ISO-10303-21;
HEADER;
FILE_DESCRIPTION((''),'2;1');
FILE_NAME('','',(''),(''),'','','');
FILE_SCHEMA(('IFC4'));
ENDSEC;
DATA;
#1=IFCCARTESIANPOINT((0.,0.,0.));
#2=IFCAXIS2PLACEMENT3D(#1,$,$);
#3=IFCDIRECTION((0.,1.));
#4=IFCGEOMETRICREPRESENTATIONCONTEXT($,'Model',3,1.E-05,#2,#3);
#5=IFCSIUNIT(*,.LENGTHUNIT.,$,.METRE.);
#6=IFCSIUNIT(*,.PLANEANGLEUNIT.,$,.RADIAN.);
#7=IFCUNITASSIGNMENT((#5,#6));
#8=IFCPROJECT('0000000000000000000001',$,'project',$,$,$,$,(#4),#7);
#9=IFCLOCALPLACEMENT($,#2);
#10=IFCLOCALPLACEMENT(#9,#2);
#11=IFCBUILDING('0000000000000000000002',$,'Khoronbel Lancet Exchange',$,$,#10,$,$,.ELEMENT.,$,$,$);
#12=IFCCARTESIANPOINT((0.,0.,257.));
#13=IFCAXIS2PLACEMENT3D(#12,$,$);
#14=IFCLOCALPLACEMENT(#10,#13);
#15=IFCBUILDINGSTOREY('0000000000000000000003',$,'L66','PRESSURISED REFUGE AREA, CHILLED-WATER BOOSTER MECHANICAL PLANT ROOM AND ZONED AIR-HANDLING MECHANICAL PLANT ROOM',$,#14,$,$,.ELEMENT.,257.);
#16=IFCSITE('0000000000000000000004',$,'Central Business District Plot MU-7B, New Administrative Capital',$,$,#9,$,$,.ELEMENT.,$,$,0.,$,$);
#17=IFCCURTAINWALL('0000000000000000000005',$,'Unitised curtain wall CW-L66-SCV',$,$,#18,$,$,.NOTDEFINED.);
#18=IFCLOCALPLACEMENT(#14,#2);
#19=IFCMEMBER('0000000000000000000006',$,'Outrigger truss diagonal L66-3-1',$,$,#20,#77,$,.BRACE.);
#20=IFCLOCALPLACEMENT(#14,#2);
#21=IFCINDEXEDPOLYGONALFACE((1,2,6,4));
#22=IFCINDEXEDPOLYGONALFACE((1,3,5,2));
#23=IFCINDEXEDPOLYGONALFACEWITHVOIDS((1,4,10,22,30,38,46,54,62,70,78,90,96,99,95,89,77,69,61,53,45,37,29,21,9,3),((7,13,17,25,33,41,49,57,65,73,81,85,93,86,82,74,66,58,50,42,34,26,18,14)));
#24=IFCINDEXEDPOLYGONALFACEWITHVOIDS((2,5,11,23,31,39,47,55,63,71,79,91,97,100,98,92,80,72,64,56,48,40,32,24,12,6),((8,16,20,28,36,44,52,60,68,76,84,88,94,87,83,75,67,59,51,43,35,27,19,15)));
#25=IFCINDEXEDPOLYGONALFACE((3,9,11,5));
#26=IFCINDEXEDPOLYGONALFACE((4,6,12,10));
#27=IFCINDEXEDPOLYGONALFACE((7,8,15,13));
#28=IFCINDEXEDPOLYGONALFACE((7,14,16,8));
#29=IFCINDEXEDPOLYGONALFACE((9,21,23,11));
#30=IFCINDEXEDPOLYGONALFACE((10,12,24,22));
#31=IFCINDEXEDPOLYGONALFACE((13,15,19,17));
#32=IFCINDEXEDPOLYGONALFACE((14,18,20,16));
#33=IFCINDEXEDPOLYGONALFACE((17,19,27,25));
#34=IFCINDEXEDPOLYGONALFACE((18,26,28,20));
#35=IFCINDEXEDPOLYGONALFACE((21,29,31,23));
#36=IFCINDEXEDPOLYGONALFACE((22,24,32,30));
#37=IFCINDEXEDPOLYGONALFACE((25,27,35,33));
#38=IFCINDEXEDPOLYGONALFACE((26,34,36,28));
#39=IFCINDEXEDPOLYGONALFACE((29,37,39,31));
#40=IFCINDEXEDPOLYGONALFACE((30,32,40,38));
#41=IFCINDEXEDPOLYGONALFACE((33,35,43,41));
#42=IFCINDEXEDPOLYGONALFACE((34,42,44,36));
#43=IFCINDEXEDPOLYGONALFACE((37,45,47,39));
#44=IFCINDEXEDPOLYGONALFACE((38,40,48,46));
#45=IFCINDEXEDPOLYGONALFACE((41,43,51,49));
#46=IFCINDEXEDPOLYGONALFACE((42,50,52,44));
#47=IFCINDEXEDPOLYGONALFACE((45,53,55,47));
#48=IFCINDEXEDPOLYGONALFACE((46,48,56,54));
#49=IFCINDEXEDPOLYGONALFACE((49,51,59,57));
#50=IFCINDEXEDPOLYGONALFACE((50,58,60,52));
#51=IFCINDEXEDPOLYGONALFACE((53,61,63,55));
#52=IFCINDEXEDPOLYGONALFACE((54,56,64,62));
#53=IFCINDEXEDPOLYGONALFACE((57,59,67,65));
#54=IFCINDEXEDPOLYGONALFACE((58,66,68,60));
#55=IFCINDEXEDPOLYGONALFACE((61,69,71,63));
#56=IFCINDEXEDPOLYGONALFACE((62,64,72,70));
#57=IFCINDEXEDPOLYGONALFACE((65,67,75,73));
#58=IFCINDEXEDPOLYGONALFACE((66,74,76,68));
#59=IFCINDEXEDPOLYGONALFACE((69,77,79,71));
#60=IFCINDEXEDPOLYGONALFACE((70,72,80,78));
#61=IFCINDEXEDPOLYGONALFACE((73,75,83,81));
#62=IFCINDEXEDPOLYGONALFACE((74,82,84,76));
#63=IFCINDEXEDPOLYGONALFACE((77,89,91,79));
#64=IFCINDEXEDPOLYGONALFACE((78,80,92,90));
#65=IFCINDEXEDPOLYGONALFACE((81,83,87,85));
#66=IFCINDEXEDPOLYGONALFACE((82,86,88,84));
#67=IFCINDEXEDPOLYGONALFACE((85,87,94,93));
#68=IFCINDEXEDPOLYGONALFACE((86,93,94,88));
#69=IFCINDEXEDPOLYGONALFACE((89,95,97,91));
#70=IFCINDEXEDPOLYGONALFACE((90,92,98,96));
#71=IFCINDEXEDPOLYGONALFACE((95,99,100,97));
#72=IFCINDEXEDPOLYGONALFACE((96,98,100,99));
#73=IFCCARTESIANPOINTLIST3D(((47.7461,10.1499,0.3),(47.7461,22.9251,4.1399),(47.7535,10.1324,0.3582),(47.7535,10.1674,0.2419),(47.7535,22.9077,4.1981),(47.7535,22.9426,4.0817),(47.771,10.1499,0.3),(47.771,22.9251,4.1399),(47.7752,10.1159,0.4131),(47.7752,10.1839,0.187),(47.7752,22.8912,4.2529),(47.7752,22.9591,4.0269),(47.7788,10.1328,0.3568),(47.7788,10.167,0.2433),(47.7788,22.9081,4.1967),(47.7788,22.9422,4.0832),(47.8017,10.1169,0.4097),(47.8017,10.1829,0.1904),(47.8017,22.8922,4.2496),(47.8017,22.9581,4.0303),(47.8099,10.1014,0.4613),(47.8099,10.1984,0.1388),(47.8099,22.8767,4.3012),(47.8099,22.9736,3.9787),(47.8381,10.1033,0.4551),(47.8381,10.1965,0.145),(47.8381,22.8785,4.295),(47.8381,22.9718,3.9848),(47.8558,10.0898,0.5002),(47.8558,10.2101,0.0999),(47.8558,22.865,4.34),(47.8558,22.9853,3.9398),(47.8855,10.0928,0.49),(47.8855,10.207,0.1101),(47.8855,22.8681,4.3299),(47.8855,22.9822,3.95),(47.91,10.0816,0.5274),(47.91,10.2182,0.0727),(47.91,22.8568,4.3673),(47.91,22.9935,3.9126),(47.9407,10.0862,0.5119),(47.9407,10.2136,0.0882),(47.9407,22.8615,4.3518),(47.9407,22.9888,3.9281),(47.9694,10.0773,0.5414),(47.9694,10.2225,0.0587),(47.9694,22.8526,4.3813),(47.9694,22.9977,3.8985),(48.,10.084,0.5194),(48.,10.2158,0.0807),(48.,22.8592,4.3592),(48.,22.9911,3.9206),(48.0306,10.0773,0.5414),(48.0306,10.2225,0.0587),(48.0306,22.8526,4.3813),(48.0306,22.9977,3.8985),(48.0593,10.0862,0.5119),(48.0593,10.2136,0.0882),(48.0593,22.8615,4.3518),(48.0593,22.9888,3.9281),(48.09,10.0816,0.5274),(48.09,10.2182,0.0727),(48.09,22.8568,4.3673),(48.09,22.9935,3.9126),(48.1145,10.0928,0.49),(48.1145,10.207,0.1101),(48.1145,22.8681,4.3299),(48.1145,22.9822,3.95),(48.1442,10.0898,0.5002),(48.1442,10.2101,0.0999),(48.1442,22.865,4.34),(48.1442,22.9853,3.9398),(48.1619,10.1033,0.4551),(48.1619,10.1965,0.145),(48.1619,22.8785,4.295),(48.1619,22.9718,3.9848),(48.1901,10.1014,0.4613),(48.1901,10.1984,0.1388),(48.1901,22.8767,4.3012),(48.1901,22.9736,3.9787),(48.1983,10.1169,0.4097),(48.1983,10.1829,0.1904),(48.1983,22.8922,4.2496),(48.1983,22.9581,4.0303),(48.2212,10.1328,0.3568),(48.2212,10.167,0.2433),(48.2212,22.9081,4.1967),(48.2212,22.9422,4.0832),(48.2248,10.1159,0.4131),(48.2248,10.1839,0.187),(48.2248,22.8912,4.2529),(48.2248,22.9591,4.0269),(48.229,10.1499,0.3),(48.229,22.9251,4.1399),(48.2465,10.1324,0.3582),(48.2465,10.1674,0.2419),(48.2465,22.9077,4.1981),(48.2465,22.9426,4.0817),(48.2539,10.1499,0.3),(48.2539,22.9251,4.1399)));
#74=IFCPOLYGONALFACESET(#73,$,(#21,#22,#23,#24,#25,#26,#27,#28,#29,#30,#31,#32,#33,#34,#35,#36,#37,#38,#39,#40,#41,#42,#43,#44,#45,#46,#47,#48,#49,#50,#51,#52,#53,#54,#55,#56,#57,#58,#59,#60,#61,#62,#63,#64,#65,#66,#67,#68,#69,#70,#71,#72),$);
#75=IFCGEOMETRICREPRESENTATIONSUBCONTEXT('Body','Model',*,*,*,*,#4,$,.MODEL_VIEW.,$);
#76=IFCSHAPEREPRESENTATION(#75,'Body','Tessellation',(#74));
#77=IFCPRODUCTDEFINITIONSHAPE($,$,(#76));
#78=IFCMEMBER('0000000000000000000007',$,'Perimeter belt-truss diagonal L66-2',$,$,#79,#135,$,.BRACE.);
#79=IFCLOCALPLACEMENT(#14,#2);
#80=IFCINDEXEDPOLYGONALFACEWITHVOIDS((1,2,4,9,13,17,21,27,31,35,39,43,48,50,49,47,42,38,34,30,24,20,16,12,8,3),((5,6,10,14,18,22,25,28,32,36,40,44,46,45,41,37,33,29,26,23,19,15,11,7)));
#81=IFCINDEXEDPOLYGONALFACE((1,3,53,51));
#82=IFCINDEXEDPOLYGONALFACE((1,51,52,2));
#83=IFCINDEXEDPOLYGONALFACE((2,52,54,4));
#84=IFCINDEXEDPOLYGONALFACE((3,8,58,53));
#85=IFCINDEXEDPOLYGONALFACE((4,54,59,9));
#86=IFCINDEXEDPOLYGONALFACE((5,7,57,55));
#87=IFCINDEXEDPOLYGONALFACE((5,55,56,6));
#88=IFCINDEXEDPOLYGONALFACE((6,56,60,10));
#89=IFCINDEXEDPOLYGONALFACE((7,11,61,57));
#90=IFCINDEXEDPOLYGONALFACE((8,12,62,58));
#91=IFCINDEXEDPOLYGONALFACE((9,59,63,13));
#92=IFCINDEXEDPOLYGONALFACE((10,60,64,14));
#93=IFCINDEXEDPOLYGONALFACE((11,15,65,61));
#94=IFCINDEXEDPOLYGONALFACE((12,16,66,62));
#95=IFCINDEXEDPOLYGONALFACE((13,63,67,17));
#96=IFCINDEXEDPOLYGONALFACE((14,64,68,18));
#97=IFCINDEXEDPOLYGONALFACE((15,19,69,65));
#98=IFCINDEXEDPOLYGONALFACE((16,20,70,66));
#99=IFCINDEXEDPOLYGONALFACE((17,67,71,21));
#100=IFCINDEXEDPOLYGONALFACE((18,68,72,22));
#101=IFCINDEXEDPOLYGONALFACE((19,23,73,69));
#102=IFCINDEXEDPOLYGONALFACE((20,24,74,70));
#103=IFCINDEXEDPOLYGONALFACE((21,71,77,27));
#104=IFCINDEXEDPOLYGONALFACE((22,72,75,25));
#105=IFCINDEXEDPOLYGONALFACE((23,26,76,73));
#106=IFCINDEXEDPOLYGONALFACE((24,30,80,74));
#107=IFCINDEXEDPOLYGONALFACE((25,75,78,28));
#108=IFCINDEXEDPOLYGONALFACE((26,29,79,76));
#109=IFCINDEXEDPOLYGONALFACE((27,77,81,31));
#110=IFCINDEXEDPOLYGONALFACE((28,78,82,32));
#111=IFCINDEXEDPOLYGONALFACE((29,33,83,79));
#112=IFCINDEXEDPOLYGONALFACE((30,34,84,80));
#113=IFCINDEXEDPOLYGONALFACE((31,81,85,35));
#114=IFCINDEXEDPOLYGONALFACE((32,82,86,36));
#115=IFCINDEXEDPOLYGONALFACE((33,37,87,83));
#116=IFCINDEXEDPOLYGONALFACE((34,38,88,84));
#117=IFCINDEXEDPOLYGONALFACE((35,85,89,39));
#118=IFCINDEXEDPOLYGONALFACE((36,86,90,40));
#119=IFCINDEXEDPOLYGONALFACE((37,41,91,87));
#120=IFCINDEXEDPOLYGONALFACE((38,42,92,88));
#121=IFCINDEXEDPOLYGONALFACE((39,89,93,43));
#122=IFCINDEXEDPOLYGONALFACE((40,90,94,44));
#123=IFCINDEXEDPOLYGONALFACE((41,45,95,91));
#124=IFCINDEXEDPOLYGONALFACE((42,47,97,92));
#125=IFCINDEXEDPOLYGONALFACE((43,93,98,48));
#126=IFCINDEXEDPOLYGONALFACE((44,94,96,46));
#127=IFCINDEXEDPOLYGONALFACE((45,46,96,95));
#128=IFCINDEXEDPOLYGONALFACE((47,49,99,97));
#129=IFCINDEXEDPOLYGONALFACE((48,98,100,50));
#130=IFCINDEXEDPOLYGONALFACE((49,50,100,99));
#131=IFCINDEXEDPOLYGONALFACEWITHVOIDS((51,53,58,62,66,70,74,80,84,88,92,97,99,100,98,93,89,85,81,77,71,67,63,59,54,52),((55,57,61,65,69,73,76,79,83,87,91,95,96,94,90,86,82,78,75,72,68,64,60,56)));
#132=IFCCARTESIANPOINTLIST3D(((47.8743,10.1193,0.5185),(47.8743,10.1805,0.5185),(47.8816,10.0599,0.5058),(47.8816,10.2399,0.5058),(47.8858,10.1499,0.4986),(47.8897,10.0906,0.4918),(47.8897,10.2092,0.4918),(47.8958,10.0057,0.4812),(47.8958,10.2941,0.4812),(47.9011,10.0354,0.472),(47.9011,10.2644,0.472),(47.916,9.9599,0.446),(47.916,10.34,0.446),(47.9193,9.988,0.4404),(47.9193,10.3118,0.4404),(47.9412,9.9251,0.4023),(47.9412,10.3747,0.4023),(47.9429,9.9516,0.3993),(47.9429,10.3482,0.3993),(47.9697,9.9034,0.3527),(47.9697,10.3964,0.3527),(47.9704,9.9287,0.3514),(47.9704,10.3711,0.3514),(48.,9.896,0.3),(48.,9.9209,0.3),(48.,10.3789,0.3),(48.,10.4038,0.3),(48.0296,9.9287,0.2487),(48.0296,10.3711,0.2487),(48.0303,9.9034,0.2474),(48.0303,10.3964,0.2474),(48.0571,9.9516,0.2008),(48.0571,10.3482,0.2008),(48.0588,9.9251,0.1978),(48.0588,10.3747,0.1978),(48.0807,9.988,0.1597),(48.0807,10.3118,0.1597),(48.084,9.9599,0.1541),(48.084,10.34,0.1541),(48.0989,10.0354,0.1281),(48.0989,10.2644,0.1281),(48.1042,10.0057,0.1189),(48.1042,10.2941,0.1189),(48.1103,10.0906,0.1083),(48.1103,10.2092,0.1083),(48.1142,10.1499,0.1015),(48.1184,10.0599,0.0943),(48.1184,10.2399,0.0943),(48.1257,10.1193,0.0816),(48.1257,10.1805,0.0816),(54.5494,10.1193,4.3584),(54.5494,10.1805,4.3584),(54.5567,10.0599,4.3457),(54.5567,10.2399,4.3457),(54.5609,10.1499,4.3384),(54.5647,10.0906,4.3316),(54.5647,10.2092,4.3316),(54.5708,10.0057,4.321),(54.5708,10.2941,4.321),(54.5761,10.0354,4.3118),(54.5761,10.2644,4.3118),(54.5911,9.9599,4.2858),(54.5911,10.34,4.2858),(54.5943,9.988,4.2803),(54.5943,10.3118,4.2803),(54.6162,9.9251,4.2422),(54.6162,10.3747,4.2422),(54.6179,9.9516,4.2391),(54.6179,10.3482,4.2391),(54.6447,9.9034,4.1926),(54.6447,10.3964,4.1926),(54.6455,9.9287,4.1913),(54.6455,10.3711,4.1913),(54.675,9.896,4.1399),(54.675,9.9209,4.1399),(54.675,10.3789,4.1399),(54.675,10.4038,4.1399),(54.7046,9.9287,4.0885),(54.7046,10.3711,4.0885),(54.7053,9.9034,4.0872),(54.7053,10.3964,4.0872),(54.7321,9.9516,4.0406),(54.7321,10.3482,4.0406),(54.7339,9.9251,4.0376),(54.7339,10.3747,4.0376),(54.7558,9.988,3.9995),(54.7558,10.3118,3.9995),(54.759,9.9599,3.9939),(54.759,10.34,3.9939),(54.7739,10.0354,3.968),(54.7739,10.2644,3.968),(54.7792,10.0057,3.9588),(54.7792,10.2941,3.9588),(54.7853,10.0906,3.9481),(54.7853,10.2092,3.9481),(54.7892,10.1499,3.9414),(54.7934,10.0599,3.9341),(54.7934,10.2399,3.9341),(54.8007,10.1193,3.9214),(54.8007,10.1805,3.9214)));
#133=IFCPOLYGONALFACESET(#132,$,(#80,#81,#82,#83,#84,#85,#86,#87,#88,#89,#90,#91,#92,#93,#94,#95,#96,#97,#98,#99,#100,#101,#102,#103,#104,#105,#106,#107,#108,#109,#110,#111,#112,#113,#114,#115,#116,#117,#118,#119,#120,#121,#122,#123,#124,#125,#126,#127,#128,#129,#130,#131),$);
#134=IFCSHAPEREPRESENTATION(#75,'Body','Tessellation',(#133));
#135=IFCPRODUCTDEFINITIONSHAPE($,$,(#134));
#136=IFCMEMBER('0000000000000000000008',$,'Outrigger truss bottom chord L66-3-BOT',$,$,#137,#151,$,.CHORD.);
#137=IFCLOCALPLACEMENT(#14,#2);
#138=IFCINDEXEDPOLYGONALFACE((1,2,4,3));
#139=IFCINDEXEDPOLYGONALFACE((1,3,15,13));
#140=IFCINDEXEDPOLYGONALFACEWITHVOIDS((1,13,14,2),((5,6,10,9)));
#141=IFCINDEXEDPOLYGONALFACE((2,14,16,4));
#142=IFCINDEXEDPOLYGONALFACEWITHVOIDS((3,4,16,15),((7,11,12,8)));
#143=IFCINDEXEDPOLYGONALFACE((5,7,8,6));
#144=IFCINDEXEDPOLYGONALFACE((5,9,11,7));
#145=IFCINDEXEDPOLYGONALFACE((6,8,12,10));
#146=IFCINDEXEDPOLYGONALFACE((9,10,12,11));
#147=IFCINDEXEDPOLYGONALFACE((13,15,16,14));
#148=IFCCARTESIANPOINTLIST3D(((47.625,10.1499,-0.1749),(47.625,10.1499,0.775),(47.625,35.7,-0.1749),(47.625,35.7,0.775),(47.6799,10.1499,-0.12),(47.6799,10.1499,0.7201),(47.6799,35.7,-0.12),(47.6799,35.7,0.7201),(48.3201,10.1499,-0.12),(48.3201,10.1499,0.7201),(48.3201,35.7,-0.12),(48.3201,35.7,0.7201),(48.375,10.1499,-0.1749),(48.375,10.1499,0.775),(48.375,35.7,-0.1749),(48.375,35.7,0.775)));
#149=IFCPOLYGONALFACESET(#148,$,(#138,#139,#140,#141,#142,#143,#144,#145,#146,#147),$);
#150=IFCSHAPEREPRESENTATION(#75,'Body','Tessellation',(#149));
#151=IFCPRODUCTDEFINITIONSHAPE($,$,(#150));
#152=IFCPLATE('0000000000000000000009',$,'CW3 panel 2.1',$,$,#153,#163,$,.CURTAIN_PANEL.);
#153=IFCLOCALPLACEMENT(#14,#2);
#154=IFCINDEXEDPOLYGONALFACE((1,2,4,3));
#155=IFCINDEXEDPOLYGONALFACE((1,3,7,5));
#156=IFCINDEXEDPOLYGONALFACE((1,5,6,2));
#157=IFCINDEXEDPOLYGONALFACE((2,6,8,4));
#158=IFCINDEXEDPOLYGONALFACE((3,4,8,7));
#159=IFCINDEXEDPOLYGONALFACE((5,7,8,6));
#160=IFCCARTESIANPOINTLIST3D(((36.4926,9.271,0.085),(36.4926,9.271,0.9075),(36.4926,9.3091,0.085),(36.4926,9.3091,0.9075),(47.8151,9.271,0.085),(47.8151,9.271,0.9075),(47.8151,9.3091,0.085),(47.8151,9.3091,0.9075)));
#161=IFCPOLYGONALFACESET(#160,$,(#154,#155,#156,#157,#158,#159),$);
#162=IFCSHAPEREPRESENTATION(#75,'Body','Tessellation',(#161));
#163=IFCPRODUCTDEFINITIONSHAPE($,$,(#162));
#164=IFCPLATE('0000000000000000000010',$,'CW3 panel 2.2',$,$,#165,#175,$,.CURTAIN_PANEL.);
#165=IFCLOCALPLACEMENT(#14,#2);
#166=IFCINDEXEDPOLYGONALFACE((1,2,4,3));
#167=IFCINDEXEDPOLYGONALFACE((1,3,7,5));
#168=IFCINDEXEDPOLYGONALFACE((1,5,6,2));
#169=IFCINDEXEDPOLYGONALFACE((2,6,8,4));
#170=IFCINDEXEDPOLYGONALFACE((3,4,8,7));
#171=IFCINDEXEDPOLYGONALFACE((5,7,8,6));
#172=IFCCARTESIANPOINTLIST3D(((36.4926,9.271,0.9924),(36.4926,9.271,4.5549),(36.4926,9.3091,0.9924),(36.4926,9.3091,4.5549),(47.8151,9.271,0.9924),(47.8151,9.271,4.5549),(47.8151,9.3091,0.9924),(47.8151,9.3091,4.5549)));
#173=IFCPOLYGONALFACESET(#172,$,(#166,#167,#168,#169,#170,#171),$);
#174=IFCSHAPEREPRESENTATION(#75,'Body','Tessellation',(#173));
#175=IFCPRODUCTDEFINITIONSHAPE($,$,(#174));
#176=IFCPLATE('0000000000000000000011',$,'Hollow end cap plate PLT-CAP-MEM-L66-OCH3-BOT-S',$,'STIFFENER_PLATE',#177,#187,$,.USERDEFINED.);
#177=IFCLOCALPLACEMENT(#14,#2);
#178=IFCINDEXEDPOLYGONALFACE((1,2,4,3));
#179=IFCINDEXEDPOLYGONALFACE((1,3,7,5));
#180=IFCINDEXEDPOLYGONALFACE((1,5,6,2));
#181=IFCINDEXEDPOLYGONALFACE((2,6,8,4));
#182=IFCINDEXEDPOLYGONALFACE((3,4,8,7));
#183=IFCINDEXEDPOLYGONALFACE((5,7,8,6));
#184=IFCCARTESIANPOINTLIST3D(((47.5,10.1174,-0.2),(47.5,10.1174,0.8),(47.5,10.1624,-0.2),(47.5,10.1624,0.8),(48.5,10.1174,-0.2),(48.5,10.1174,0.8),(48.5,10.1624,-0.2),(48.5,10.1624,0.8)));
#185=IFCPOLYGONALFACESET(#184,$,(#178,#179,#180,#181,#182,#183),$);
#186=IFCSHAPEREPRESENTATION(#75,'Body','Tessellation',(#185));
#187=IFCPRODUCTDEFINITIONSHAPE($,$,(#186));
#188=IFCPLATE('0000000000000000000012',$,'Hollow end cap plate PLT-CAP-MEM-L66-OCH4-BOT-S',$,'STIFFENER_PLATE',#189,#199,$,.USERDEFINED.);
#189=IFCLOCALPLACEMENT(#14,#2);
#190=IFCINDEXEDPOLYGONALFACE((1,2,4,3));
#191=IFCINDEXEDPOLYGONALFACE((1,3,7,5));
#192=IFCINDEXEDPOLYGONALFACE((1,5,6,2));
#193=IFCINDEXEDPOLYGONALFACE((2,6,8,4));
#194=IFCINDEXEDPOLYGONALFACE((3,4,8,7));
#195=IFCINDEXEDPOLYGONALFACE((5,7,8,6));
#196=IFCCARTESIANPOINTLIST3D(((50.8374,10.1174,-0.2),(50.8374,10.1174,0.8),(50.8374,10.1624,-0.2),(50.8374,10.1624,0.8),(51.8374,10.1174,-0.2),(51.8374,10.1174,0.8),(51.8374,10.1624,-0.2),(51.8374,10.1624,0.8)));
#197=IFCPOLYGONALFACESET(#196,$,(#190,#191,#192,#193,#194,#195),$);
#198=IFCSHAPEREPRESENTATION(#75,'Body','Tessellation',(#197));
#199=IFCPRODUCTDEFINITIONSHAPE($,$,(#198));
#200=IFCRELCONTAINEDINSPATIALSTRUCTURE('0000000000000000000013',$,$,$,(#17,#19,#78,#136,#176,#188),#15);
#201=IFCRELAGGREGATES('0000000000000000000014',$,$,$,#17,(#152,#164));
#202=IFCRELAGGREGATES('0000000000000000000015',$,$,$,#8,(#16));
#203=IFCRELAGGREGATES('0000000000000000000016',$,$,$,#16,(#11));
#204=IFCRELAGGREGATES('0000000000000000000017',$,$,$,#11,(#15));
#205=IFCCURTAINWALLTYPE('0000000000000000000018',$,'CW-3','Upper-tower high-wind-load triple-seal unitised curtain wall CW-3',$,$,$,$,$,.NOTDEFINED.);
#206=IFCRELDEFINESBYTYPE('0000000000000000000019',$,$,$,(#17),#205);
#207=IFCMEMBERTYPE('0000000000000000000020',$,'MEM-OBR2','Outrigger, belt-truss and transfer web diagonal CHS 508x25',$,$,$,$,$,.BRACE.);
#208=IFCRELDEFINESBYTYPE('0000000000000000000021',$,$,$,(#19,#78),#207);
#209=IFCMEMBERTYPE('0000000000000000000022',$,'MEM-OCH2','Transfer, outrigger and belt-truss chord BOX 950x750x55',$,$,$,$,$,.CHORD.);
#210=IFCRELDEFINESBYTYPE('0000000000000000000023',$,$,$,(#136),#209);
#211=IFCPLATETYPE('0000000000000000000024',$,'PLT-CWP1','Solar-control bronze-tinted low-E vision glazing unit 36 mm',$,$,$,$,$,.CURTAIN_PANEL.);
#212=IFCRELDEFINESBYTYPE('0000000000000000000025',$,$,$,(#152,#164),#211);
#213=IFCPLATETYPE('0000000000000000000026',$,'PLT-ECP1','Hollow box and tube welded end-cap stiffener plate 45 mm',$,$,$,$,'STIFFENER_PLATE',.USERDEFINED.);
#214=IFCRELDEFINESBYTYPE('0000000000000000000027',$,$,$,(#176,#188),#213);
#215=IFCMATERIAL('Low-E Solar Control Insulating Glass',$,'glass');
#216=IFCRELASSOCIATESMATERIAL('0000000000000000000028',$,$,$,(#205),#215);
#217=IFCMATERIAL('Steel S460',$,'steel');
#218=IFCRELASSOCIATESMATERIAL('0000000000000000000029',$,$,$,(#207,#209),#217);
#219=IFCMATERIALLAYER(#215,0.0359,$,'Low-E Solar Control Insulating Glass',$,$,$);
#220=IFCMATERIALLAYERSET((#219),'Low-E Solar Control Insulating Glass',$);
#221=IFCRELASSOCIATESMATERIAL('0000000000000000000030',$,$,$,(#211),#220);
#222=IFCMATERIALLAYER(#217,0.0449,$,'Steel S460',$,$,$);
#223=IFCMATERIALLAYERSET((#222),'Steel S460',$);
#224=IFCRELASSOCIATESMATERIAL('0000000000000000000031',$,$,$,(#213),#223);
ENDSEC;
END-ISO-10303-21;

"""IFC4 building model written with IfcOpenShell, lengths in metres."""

from ifc_helpers import new_model, si_unit, direction, frame, origin, origin_2d, place, context, subcontext, project, spatial, rectangle, hollow_rectangle, hollow_circle, extrude, material, layer, layer_set, material_profile, profile_set, type_object, element, aggregate, save


model = new_model("IFC4")

# Units and contexts
model_context = context("Model", 3, precision=1e-05, world=origin(), true_north=direction((0.0, 1.0)))
body_context = subcontext(model_context, "Body", "Model", "MODEL_VIEW")
ifc_project = project(units=[si_unit("LENGTHUNIT", "METRE"), si_unit("PLANEANGLEUNIT", "RADIAN")], contexts=[model_context])

# Site, building, storey
site_placement = place(None, origin())
site = spatial("IfcSite", under=ifc_project, at=site_placement, Name="Central Business District Plot MU-7B, New Administrative Capital", CompositionType="ELEMENT", RefElevation=0.0)
building_placement = place(site_placement, origin())
building = spatial("IfcBuilding", under=site, at=building_placement, Name="Khoronbel Lancet Exchange", CompositionType="ELEMENT")
storey_placement = place(building_placement, frame((0.0, 0.0, 257.0)))
storey = spatial("IfcBuildingStorey", under=building, at=storey_placement, Name="L66", Description="PRESSURISED REFUGE AREA, CHILLED-WATER BOOSTER MECHANICAL PLANT ROOM AND ZONED AIR-HANDLING MECHANICAL PLANT ROOM", CompositionType="ELEMENT", Elevation=257.0)

# Shared definitions
ifc_material_1 = material(Name="Steel S460", Category="steel")

# Curtain wall
ifc_material_2 = material(Name="Low-E Solar Control Insulating Glass", Category="glass")
curtain_wall_type = type_object("IfcCurtainWallType", Name="CW-3", Description="Upper-tower high-wind-load triple-seal unitised curtain wall CW-3", PredefinedType="NOTDEFINED", material=ifc_material_2)
curtain_wall_1_placement = place(storey_placement, origin())
curtain_wall_1 = element("IfcCurtainWall", 1, at=curtain_wall_1_placement, inside=storey, type_object=curtain_wall_type, Name="Unitised curtain wall CW-L66-SCV", PredefinedType="NOTDEFINED")

# Members
ifc_material_profile_1 = material_profile(ifc_material_1, hollow_circle(Radius=0.2539, WallThickness=0.0249, at=origin_2d()), Name="CHS 508x25")
ifc_profile_set_1 = profile_set([ifc_material_profile_1], Name="Steel S460")
member_type_1 = type_object("IfcMemberType", Name="MEM-OBR2", Description="Outrigger, belt-truss and transfer web diagonal CHS 508x25", PredefinedType="BRACE", material=ifc_profile_set_1)
member_1_placement = place(storey_placement, frame((48.0, 10.1499, 0.3), z_axis=(0.0, 0.957676, 0.28785), x_axis=(-1.0, 0.0, 0.0)))
element("IfcMember", 2, at=member_1_placement, inside=storey, type_object=member_type_1, Name="Outrigger truss diagonal L66-3-1", PredefinedType="BRACE", context=body_context, shape_type="SweptSolid", body=[
    extrude(hollow_circle(Radius=0.2539, WallThickness=0.0249, at=origin_2d()), origin(), (0.0, 0.0, 1.0), 13.3398),
])
member_2_placement = place(storey_placement, frame((48.0, 10.1499, 0.3), z_axis=(0.866811, 0.0, 0.498636), x_axis=(0.0, 1.0, 0.0)))
element("IfcMember", 3, at=member_2_placement, inside=storey, type_object=member_type_1, Name="Perimeter belt-truss diagonal L66-2", PredefinedType="BRACE", context=body_context, shape_type="SweptSolid", body=[
    extrude(hollow_circle(Radius=0.2539, WallThickness=0.0249, at=origin_2d()), origin(), (0.0, 0.0, 1.0), 7.7007),
])
ifc_material_profile_2 = material_profile(ifc_material_1, hollow_rectangle(XDim=0.75, YDim=0.95, WallThickness=0.0549, at=origin_2d()), Name="BOX 950x750x55")
ifc_profile_set_2 = profile_set([ifc_material_profile_2], Name="Steel S460")
member_type_2 = type_object("IfcMemberType", Name="MEM-OCH2", Description="Transfer, outrigger and belt-truss chord BOX 950x750x55", PredefinedType="CHORD", material=ifc_profile_set_2)
member_3_placement = place(storey_placement, frame((48.0, 10.1499, 0.3), z_axis=(0.0, 1.0, 0.0), x_axis=(-1.0, 0.0, 0.0)))
element("IfcMember", 4, at=member_3_placement, inside=storey, type_object=member_type_2, Name="Outrigger truss bottom chord L66-3-BOT", PredefinedType="CHORD", context=body_context, shape_type="SweptSolid", body=[
    extrude(hollow_rectangle(XDim=0.75, YDim=0.95, WallThickness=0.0549, at=origin_2d()), origin(), (0.0, 0.0, 1.0), 25.55),
])

# Plates
ifc_layer_1 = layer(ifc_material_2, 0.0359, Name="Low-E Solar Control Insulating Glass")
ifc_layer_set_1 = layer_set([ifc_layer_1], Name="Low-E Solar Control Insulating Glass")
plate_type_1 = type_object("IfcPlateType", Name="PLT-CWP1", Description="Solar-control bronze-tinted low-E vision glazing unit 36 mm", PredefinedType="CURTAIN_PANEL", material=ifc_layer_set_1)
plate_1_placement = place(storey_placement, frame((42.1538, 9.29, 0.085), z_axis=(0.0, 0.0, 1.0), x_axis=(1.0, 0.0, 0.0)))
plate_1 = element("IfcPlate", 5, at=plate_1_placement, type_object=plate_type_1, Name="CW3 panel 2.1", PredefinedType="CURTAIN_PANEL", context=body_context, shape_type="SweptSolid", body=[
    extrude(rectangle(XDim=11.3225, YDim=0.0381, at=origin_2d()), origin(), (0.0, 0.0, 1.0), 0.8225),
])
plate_2_placement = place(storey_placement, frame((42.1538, 9.29, 0.9924), z_axis=(0.0, 0.0, 1.0), x_axis=(1.0, 0.0, 0.0)))
plate_2 = element("IfcPlate", 6, at=plate_2_placement, type_object=plate_type_1, Name="CW3 panel 2.2", PredefinedType="CURTAIN_PANEL", context=body_context, shape_type="SweptSolid", body=[
    extrude(rectangle(XDim=11.3225, YDim=0.0381, at=origin_2d()), origin(), (0.0, 0.0, 1.0), 3.5625),
])
aggregate(curtain_wall_1, [plate_1, plate_2])

# Plates
ifc_layer_2 = layer(ifc_material_1, 0.0449, Name="Steel S460")
ifc_layer_set_2 = layer_set([ifc_layer_2], Name="Steel S460")
plate_type_2 = type_object("IfcPlateType", Name="PLT-ECP1", Description="Hollow box and tube welded end-cap stiffener plate 45 mm", ElementType="STIFFENER_PLATE", PredefinedType="USERDEFINED", material=ifc_layer_set_2)
for number, where, z_axis, x_axis, name in (
    (7, (48.0, 10.1399, -0.2), (0.0, 0.0, 1.0), (0.0, -1.0, 0.0), "Hollow end cap plate PLT-CAP-MEM-L66-OCH3-BOT-S"),
    (8, (51.3374, 10.1399, -0.2), (0.0, 0.0, 1.0), (0.0, -1.0, 0.0), "Hollow end cap plate PLT-CAP-MEM-L66-OCH4-BOT-S"),
):
    element("IfcPlate", number, at=place(storey_placement, frame(where, z_axis=z_axis, x_axis=x_axis)), inside=storey, type_object=plate_type_2, Name=name, ObjectType="STIFFENER_PLATE", PredefinedType="USERDEFINED", context=body_context, shape_type="SweptSolid", body=[
        extrude(rectangle(XDim=0.0449, YDim=1.0, at=origin_2d()), origin(), (0.0, 0.0, 1.0), 1.0),
    ])

save(model, "model.ifc")
